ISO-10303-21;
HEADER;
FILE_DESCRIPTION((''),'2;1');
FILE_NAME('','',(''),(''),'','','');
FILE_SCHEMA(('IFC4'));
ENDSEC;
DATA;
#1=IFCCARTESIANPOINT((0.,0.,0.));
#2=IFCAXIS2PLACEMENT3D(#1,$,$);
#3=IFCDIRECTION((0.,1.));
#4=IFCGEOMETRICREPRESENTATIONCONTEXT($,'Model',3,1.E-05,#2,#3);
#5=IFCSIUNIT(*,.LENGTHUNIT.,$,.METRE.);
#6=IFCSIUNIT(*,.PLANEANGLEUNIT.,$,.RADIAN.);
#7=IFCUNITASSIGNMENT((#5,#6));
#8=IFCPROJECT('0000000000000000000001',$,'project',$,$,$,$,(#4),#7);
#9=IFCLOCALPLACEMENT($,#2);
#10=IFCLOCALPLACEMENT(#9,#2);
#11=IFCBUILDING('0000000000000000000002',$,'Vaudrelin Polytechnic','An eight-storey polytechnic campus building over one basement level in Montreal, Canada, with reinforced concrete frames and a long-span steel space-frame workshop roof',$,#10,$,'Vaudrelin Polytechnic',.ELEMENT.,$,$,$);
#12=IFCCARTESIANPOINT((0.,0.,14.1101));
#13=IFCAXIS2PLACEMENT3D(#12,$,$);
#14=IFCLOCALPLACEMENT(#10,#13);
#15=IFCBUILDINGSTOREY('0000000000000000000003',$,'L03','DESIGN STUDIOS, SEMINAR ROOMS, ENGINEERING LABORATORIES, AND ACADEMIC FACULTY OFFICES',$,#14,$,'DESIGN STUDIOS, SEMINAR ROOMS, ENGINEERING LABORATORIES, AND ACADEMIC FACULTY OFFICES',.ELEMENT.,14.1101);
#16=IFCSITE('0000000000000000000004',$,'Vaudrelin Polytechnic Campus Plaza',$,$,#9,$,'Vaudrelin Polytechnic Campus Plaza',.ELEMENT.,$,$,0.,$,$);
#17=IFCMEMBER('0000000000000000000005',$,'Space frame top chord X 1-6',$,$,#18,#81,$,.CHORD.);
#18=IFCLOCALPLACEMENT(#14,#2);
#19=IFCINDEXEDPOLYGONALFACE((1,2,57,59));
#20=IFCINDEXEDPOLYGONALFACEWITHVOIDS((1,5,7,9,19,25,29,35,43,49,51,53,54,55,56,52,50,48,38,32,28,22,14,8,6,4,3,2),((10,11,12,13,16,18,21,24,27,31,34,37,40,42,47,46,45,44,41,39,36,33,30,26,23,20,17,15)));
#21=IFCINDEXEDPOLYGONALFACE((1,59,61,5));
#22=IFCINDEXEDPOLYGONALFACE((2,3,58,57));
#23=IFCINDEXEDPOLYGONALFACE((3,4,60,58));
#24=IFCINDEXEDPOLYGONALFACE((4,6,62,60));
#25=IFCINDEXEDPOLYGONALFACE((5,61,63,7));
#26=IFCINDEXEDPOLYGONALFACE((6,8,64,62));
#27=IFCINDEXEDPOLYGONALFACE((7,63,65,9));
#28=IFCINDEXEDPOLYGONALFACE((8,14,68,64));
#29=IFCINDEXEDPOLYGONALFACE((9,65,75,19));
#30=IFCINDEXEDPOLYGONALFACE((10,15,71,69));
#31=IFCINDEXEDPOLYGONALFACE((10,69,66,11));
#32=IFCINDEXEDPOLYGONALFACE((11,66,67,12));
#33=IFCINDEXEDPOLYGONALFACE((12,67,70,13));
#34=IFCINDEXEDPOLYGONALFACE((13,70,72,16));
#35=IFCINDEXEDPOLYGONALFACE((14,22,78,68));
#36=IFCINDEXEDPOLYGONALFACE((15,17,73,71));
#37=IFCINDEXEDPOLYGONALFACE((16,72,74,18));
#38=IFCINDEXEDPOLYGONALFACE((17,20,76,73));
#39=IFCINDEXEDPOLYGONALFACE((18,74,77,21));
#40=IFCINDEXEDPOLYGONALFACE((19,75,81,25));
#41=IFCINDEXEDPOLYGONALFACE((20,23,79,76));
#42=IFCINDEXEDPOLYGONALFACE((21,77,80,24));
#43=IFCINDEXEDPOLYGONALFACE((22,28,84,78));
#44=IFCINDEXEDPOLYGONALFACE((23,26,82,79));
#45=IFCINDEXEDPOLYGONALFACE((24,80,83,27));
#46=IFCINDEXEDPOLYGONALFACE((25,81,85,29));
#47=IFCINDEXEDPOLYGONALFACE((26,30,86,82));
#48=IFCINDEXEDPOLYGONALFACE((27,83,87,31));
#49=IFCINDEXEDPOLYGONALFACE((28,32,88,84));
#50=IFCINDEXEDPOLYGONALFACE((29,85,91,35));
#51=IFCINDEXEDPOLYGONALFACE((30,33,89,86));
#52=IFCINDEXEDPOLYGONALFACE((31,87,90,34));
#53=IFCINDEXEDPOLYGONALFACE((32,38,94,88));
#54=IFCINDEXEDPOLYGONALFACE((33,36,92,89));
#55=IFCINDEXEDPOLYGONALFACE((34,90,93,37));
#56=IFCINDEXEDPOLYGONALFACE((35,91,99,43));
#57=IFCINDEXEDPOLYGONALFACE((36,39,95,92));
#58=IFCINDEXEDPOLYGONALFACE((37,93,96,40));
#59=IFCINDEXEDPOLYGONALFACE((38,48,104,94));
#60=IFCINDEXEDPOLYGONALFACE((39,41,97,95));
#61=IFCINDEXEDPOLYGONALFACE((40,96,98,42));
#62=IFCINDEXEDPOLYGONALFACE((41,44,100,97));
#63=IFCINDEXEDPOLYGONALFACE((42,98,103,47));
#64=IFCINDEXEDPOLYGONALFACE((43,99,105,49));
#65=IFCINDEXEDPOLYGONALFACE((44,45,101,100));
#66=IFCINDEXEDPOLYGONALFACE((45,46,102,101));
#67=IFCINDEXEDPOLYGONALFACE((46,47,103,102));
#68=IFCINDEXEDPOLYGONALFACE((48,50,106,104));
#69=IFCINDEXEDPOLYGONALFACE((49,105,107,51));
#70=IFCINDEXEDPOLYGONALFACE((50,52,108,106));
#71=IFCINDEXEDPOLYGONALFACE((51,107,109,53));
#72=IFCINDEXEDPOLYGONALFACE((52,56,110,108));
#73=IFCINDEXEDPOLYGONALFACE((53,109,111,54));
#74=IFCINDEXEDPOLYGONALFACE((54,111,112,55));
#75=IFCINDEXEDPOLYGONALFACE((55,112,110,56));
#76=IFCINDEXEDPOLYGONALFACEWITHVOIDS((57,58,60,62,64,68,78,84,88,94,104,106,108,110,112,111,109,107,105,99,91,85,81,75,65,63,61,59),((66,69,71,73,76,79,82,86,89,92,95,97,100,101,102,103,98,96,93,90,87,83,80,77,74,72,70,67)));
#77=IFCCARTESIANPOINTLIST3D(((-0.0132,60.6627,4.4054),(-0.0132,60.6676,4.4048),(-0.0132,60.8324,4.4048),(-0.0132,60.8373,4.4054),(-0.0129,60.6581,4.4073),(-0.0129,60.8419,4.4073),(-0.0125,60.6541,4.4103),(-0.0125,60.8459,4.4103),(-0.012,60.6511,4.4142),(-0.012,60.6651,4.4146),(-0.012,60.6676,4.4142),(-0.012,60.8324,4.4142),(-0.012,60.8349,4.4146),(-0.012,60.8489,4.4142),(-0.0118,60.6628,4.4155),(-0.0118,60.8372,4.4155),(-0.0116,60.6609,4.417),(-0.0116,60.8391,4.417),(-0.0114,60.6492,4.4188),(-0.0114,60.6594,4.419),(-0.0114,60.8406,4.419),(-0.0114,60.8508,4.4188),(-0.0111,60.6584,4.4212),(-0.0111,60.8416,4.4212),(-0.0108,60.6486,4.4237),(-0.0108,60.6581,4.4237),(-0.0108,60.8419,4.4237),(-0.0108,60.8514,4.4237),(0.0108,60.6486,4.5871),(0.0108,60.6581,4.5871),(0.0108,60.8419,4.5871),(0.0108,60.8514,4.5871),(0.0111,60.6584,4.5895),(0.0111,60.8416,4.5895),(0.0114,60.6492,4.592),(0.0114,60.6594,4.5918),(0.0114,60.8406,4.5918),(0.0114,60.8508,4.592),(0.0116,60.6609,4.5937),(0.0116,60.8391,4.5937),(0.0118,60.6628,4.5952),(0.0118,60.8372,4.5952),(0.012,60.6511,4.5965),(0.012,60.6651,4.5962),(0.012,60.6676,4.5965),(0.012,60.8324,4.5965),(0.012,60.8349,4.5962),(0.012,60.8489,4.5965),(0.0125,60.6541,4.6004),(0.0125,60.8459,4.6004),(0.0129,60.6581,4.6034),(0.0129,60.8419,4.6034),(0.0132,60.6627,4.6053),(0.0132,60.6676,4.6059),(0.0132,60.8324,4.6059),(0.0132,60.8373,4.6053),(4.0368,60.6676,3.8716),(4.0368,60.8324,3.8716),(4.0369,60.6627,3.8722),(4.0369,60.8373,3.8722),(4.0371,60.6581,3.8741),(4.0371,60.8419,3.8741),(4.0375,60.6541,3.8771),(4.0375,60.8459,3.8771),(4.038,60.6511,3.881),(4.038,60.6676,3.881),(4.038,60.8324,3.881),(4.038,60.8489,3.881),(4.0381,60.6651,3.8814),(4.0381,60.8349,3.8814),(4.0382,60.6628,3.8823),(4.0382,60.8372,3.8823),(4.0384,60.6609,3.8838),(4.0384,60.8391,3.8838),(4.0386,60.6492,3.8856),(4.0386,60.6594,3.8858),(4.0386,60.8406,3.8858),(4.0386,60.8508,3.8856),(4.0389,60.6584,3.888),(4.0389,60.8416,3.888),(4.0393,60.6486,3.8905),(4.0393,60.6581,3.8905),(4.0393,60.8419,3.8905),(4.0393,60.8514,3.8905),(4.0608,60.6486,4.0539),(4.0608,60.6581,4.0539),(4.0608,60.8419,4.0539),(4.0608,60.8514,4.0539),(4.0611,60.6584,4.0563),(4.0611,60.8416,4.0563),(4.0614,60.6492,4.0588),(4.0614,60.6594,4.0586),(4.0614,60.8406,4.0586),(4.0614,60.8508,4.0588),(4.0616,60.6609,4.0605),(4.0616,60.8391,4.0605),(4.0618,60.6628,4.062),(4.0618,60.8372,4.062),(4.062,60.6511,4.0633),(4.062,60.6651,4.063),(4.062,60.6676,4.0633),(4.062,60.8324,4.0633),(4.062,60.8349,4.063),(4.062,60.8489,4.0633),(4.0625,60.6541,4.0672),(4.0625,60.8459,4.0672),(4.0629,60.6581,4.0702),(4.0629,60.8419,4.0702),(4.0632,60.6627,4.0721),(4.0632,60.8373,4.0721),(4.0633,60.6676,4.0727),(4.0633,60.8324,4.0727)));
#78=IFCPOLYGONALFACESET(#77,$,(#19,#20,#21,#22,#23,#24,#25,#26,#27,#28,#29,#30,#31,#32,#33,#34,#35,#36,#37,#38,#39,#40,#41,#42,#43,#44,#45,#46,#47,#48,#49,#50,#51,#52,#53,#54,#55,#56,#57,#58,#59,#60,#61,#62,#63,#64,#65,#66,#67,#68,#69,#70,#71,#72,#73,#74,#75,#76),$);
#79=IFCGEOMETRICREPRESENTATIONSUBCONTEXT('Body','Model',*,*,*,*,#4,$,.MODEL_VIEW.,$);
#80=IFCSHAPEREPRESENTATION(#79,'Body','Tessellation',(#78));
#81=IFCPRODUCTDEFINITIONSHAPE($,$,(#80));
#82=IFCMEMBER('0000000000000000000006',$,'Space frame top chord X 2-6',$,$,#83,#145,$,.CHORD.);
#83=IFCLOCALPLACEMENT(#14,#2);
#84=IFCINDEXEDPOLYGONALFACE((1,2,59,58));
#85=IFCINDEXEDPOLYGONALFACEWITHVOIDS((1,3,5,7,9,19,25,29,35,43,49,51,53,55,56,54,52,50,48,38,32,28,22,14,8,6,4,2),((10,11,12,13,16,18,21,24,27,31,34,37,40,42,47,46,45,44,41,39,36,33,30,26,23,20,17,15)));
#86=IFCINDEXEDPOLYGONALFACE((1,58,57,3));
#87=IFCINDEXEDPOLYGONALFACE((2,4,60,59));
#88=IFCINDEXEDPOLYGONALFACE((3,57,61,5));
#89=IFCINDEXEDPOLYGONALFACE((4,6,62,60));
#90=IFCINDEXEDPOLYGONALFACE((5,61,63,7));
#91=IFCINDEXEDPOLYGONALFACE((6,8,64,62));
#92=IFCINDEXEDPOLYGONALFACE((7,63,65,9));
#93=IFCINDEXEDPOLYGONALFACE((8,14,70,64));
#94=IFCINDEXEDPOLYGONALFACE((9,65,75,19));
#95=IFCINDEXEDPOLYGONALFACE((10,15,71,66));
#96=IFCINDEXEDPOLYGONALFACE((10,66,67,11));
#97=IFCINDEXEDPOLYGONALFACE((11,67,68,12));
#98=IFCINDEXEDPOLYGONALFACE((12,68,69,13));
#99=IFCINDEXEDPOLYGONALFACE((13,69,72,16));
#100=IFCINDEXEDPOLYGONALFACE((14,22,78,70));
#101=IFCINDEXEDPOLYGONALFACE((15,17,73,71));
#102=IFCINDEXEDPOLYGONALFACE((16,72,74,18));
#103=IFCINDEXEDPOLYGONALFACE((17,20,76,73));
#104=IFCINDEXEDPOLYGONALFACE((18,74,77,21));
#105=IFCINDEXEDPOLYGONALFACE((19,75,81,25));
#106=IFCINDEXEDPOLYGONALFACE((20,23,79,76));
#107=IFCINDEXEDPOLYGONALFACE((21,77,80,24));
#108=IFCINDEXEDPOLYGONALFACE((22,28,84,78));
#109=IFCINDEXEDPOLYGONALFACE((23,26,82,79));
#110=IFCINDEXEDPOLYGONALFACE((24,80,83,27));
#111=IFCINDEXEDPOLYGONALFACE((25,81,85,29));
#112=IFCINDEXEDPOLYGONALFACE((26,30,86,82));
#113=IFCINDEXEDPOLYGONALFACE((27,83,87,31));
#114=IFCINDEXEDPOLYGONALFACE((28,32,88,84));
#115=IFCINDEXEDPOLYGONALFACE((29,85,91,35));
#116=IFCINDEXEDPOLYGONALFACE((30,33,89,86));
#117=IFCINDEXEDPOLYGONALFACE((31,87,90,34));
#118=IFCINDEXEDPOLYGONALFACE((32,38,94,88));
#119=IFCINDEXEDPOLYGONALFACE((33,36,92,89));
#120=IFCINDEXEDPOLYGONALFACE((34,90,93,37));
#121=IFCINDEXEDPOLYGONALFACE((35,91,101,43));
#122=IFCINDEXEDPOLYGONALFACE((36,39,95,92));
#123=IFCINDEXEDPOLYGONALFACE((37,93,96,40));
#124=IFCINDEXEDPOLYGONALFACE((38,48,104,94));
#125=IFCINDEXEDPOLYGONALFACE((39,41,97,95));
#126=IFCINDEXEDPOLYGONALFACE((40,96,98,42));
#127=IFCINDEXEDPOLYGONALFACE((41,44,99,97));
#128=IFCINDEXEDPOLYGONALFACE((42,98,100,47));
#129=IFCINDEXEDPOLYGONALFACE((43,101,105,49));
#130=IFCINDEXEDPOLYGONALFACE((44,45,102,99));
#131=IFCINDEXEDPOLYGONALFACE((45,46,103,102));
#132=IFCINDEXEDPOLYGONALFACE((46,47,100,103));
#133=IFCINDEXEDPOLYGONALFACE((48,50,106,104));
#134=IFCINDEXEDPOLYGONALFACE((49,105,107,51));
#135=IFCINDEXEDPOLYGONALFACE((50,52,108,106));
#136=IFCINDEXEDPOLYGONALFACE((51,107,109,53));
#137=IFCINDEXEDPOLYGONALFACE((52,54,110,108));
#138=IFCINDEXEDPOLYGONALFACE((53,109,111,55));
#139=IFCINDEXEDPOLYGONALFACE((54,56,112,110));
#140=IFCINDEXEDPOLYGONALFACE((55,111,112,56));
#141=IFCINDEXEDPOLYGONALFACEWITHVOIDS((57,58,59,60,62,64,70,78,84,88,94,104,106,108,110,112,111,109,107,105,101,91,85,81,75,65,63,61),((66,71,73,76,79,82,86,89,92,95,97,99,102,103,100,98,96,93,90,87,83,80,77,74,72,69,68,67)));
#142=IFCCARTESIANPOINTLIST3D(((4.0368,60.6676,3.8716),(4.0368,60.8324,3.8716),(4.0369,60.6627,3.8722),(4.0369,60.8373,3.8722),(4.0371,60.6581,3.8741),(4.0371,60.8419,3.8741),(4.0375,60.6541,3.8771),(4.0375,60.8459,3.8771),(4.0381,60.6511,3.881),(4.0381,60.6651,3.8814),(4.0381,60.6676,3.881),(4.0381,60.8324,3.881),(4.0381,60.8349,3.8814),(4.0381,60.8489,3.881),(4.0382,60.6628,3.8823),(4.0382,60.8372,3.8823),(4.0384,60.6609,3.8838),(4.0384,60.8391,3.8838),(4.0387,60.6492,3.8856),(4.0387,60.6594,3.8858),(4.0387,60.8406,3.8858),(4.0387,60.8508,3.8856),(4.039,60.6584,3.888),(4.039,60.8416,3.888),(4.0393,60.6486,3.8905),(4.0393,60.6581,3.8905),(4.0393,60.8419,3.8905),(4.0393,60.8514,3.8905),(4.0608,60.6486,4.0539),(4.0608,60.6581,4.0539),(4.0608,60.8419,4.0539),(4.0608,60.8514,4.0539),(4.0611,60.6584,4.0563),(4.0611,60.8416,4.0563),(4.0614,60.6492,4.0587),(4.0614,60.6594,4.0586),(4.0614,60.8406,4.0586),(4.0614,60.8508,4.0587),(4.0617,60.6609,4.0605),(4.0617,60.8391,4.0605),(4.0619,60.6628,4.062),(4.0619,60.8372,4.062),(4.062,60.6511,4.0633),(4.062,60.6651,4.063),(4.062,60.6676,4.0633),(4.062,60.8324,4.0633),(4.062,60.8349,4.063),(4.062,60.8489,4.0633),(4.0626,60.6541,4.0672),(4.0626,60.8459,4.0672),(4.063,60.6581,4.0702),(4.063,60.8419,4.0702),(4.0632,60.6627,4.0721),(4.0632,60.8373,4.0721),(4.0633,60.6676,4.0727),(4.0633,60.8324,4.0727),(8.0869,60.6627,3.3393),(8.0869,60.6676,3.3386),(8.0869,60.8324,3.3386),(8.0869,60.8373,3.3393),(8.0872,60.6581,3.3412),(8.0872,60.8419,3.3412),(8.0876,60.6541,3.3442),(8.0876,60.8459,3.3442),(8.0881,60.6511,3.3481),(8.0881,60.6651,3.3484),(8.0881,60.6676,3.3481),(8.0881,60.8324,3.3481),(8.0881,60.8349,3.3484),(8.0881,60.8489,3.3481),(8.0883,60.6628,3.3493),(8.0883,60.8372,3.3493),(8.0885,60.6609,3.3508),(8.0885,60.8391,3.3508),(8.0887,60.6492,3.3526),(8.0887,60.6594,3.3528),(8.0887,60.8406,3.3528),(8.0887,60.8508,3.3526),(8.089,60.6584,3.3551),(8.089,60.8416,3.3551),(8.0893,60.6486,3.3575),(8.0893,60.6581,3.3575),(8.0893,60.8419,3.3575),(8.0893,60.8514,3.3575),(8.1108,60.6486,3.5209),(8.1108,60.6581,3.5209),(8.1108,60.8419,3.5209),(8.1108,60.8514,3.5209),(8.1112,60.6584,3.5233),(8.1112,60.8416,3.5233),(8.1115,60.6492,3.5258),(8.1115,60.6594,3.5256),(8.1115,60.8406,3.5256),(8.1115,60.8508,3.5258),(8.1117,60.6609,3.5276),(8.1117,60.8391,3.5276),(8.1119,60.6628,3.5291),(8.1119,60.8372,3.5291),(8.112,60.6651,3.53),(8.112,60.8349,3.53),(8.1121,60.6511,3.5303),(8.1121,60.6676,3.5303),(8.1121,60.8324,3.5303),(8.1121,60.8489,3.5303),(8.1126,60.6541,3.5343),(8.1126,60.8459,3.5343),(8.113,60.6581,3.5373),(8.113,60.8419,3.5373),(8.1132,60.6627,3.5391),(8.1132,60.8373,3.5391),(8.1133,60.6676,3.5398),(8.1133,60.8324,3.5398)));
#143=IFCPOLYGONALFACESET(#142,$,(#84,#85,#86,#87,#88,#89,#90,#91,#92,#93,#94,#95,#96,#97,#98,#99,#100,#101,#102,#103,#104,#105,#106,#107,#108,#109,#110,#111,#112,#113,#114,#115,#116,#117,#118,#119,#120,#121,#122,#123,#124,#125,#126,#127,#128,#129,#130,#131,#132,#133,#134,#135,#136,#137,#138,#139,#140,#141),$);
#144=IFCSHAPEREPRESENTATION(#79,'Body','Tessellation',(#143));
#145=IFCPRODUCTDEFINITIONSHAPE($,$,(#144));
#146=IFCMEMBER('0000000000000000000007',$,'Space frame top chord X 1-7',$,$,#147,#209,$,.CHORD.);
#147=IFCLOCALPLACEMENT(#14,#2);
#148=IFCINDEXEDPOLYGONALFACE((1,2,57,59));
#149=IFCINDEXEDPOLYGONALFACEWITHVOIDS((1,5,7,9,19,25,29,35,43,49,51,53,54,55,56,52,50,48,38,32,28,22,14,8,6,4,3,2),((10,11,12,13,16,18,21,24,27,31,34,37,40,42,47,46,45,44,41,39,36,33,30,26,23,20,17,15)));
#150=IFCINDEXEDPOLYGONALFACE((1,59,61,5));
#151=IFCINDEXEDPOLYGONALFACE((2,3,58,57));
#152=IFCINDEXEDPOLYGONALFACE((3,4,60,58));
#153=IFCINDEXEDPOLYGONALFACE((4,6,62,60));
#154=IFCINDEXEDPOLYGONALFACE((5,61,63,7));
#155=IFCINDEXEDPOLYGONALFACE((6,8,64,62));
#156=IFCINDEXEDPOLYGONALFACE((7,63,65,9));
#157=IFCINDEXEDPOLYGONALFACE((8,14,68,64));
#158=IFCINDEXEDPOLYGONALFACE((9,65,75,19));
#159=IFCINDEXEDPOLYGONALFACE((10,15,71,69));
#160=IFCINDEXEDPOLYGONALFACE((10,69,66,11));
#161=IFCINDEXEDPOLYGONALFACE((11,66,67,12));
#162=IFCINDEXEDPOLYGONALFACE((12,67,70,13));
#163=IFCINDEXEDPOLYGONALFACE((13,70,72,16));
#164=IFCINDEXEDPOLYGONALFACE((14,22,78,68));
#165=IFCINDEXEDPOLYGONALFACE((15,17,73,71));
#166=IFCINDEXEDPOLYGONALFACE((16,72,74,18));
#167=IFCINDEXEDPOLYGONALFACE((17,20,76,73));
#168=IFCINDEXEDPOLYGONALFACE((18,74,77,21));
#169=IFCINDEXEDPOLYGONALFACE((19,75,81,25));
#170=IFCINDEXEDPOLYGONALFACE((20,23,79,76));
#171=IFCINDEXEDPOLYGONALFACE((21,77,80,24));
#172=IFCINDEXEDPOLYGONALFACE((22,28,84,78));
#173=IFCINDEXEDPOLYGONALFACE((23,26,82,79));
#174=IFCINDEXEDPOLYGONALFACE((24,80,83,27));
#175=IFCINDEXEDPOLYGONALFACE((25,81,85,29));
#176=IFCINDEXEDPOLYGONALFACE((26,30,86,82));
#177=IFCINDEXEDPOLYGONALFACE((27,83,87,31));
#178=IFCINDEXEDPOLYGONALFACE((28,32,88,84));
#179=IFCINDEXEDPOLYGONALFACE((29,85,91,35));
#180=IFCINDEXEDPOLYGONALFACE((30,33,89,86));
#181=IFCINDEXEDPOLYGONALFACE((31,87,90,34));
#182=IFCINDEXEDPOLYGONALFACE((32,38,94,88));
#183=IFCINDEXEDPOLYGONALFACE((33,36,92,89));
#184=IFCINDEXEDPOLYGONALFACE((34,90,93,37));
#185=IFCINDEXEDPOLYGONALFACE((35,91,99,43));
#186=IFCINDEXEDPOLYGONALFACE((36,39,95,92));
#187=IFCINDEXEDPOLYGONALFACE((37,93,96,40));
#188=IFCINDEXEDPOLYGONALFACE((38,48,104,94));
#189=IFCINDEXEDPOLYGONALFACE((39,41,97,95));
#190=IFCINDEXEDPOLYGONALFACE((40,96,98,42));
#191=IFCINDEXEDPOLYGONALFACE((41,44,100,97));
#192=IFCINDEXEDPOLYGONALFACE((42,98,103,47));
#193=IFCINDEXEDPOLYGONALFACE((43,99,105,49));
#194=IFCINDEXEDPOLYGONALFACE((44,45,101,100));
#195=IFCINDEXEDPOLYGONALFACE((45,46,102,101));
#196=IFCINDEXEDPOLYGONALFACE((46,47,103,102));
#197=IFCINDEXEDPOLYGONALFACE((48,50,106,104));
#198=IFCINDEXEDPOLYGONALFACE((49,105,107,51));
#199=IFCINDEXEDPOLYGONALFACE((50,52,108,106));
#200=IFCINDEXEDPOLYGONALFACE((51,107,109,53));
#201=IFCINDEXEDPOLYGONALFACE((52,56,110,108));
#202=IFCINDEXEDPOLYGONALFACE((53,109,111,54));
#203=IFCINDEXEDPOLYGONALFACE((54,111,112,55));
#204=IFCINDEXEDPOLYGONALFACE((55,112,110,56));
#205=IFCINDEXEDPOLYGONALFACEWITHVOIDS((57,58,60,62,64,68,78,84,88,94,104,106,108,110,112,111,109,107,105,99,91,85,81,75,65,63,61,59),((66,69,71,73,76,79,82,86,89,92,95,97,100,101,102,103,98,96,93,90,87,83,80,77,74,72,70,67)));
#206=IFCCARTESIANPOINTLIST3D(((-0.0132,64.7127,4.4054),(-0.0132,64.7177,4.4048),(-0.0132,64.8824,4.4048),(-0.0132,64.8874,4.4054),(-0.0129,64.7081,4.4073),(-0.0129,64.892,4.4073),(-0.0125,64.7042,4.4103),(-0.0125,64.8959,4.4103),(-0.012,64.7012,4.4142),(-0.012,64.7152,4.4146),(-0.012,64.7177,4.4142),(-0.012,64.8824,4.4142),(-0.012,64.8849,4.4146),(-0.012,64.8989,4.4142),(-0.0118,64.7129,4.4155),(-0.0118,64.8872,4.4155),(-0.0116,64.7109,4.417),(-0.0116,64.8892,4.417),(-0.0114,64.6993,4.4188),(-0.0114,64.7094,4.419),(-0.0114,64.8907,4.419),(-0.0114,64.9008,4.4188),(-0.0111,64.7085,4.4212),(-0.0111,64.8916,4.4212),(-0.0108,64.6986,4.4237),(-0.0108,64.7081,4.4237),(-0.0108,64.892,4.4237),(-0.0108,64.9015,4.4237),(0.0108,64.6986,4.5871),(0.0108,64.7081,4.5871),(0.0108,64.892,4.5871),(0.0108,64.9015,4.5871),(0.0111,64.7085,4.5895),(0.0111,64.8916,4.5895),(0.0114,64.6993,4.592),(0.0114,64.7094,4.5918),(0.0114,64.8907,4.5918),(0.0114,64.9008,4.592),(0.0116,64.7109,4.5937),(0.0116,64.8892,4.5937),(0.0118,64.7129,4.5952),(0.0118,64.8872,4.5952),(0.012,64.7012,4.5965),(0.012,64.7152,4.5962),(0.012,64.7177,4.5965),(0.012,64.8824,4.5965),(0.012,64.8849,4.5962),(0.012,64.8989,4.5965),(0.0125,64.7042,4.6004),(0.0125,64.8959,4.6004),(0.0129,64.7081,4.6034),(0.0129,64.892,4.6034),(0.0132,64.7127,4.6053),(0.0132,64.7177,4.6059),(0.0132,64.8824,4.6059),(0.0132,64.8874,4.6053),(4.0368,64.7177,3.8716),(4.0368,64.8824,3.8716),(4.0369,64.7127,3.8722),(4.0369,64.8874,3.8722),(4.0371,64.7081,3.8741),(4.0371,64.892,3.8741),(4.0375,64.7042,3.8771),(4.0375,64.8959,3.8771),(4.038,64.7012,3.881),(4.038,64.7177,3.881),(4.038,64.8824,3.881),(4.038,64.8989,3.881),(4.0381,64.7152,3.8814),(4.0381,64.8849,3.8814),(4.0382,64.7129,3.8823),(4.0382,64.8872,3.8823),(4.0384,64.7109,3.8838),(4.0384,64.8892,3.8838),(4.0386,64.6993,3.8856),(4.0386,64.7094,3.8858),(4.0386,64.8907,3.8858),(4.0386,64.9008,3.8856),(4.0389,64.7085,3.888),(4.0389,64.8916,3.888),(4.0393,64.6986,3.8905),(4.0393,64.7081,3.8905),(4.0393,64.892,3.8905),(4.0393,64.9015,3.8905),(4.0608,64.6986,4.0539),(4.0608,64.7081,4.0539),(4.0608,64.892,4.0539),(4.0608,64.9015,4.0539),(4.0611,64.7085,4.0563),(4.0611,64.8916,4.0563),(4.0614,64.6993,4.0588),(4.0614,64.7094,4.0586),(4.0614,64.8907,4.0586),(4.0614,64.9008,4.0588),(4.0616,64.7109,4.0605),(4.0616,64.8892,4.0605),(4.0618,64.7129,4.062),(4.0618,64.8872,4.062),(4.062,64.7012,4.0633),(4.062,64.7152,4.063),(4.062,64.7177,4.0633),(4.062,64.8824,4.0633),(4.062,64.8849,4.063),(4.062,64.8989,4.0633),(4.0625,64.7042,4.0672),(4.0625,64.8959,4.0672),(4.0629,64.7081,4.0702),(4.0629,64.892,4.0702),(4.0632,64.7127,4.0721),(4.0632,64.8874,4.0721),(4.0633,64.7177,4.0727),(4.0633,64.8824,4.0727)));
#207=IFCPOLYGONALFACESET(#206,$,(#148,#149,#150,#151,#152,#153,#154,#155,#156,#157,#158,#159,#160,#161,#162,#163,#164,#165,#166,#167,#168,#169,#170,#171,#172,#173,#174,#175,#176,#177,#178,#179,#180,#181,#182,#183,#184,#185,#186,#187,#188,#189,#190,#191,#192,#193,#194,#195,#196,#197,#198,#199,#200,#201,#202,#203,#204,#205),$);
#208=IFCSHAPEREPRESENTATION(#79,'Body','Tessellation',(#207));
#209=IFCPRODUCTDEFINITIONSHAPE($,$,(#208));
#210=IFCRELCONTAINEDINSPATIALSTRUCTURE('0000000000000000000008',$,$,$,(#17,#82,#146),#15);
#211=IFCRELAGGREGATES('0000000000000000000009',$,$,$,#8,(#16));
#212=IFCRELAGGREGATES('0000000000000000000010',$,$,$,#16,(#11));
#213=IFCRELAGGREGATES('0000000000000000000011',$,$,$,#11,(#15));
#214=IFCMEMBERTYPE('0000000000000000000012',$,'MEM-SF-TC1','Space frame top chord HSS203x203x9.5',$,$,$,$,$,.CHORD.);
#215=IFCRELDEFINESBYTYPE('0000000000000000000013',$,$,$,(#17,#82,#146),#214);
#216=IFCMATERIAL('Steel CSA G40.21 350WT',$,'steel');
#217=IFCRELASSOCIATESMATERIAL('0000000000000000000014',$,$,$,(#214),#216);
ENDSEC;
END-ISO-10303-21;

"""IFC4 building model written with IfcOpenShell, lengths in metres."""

from ifc_helpers import new_model, si_unit, direction, frame, origin, origin_2d, place, context, subcontext, project, spatial, hollow_rectangle, extrude, material, material_profile, profile_set, type_object, element, save


model = new_model("IFC4")

# Units and contexts
model_context = context("Model", 3, precision=1e-05, world=origin(), true_north=direction((0.0, 1.0)))
body_context = subcontext(model_context, "Body", "Model", "MODEL_VIEW")
ifc_project = project(units=[si_unit("LENGTHUNIT", "METRE"), si_unit("PLANEANGLEUNIT", "RADIAN")], contexts=[model_context])

# Site, building, storey
site_placement = place(None, origin())
site = spatial("IfcSite", under=ifc_project, at=site_placement, Name="Vaudrelin Polytechnic Campus Plaza", LongName="Vaudrelin Polytechnic Campus Plaza", CompositionType="ELEMENT", RefElevation=0.0)
building_placement = place(site_placement, origin())
building = spatial("IfcBuilding", under=site, at=building_placement, Name="Vaudrelin Polytechnic", Description="An eight-storey polytechnic campus building over one basement level in Montreal, Canada, with reinforced concrete frames and a long-span steel space-frame workshop roof", LongName="Vaudrelin Polytechnic", CompositionType="ELEMENT")
storey_placement = place(building_placement, frame((0.0, 0.0, 14.1101)))
storey = spatial("IfcBuildingStorey", under=building, at=storey_placement, Name="L03", Description="DESIGN STUDIOS, SEMINAR ROOMS, ENGINEERING LABORATORIES, AND ACADEMIC FACULTY OFFICES", LongName="DESIGN STUDIOS, SEMINAR ROOMS, ENGINEERING LABORATORIES, AND ACADEMIC FACULTY OFFICES", CompositionType="ELEMENT", Elevation=14.1101)

# Members
ifc_material_1 = material(Name="Steel CSA G40.21 350WT", Category="steel")
ifc_material_profile_1 = material_profile(ifc_material_1, hollow_rectangle(XDim=0.2029, YDim=0.2029, WallThickness=0.0095, InnerFilletRadius=0.0095, OuterFilletRadius=0.019, at=origin_2d()), Name="HSS203x203x9.5")
ifc_profile_set_1 = profile_set([ifc_material_profile_1], Name="Steel CSA G40.21 350WT")
member_type_1 = type_object("IfcMemberType", Name="MEM-SF-TC1", Description="Space frame top chord HSS203x203x9.5", PredefinedType="CHORD", material=ifc_profile_set_1)
for number, where, z_axis, x_axis, name in (
    (1, (0.0, 60.75, 4.5054), (0.991445, 0.0, -0.130527), (0.0, 1.0, 0.0), "Space frame top chord X 1-6"),
    (2, (4.05, 60.75, 3.9722), (0.991452, 0.0, -0.130468), (0.0, 1.0, 0.0), "Space frame top chord X 2-6"),
    (3, (0.0, 64.8, 4.5054), (0.991445, 0.0, -0.130527), (0.0, 1.0, 0.0), "Space frame top chord X 1-7"),
):
    element("IfcMember", number, at=place(storey_placement, frame(where, z_axis=z_axis, x_axis=x_axis)), inside=storey, type_object=member_type_1, Name=name, PredefinedType="CHORD", context=body_context, shape_type="SweptSolid", body=[
        extrude(hollow_rectangle(XDim=0.2029, YDim=0.2029, WallThickness=0.0095, InnerFilletRadius=0.0095, OuterFilletRadius=0.019, at=origin_2d()), origin(), (0.0, 0.0, 1.0), 4.085),
    ])

save(model, "model.ifc")
